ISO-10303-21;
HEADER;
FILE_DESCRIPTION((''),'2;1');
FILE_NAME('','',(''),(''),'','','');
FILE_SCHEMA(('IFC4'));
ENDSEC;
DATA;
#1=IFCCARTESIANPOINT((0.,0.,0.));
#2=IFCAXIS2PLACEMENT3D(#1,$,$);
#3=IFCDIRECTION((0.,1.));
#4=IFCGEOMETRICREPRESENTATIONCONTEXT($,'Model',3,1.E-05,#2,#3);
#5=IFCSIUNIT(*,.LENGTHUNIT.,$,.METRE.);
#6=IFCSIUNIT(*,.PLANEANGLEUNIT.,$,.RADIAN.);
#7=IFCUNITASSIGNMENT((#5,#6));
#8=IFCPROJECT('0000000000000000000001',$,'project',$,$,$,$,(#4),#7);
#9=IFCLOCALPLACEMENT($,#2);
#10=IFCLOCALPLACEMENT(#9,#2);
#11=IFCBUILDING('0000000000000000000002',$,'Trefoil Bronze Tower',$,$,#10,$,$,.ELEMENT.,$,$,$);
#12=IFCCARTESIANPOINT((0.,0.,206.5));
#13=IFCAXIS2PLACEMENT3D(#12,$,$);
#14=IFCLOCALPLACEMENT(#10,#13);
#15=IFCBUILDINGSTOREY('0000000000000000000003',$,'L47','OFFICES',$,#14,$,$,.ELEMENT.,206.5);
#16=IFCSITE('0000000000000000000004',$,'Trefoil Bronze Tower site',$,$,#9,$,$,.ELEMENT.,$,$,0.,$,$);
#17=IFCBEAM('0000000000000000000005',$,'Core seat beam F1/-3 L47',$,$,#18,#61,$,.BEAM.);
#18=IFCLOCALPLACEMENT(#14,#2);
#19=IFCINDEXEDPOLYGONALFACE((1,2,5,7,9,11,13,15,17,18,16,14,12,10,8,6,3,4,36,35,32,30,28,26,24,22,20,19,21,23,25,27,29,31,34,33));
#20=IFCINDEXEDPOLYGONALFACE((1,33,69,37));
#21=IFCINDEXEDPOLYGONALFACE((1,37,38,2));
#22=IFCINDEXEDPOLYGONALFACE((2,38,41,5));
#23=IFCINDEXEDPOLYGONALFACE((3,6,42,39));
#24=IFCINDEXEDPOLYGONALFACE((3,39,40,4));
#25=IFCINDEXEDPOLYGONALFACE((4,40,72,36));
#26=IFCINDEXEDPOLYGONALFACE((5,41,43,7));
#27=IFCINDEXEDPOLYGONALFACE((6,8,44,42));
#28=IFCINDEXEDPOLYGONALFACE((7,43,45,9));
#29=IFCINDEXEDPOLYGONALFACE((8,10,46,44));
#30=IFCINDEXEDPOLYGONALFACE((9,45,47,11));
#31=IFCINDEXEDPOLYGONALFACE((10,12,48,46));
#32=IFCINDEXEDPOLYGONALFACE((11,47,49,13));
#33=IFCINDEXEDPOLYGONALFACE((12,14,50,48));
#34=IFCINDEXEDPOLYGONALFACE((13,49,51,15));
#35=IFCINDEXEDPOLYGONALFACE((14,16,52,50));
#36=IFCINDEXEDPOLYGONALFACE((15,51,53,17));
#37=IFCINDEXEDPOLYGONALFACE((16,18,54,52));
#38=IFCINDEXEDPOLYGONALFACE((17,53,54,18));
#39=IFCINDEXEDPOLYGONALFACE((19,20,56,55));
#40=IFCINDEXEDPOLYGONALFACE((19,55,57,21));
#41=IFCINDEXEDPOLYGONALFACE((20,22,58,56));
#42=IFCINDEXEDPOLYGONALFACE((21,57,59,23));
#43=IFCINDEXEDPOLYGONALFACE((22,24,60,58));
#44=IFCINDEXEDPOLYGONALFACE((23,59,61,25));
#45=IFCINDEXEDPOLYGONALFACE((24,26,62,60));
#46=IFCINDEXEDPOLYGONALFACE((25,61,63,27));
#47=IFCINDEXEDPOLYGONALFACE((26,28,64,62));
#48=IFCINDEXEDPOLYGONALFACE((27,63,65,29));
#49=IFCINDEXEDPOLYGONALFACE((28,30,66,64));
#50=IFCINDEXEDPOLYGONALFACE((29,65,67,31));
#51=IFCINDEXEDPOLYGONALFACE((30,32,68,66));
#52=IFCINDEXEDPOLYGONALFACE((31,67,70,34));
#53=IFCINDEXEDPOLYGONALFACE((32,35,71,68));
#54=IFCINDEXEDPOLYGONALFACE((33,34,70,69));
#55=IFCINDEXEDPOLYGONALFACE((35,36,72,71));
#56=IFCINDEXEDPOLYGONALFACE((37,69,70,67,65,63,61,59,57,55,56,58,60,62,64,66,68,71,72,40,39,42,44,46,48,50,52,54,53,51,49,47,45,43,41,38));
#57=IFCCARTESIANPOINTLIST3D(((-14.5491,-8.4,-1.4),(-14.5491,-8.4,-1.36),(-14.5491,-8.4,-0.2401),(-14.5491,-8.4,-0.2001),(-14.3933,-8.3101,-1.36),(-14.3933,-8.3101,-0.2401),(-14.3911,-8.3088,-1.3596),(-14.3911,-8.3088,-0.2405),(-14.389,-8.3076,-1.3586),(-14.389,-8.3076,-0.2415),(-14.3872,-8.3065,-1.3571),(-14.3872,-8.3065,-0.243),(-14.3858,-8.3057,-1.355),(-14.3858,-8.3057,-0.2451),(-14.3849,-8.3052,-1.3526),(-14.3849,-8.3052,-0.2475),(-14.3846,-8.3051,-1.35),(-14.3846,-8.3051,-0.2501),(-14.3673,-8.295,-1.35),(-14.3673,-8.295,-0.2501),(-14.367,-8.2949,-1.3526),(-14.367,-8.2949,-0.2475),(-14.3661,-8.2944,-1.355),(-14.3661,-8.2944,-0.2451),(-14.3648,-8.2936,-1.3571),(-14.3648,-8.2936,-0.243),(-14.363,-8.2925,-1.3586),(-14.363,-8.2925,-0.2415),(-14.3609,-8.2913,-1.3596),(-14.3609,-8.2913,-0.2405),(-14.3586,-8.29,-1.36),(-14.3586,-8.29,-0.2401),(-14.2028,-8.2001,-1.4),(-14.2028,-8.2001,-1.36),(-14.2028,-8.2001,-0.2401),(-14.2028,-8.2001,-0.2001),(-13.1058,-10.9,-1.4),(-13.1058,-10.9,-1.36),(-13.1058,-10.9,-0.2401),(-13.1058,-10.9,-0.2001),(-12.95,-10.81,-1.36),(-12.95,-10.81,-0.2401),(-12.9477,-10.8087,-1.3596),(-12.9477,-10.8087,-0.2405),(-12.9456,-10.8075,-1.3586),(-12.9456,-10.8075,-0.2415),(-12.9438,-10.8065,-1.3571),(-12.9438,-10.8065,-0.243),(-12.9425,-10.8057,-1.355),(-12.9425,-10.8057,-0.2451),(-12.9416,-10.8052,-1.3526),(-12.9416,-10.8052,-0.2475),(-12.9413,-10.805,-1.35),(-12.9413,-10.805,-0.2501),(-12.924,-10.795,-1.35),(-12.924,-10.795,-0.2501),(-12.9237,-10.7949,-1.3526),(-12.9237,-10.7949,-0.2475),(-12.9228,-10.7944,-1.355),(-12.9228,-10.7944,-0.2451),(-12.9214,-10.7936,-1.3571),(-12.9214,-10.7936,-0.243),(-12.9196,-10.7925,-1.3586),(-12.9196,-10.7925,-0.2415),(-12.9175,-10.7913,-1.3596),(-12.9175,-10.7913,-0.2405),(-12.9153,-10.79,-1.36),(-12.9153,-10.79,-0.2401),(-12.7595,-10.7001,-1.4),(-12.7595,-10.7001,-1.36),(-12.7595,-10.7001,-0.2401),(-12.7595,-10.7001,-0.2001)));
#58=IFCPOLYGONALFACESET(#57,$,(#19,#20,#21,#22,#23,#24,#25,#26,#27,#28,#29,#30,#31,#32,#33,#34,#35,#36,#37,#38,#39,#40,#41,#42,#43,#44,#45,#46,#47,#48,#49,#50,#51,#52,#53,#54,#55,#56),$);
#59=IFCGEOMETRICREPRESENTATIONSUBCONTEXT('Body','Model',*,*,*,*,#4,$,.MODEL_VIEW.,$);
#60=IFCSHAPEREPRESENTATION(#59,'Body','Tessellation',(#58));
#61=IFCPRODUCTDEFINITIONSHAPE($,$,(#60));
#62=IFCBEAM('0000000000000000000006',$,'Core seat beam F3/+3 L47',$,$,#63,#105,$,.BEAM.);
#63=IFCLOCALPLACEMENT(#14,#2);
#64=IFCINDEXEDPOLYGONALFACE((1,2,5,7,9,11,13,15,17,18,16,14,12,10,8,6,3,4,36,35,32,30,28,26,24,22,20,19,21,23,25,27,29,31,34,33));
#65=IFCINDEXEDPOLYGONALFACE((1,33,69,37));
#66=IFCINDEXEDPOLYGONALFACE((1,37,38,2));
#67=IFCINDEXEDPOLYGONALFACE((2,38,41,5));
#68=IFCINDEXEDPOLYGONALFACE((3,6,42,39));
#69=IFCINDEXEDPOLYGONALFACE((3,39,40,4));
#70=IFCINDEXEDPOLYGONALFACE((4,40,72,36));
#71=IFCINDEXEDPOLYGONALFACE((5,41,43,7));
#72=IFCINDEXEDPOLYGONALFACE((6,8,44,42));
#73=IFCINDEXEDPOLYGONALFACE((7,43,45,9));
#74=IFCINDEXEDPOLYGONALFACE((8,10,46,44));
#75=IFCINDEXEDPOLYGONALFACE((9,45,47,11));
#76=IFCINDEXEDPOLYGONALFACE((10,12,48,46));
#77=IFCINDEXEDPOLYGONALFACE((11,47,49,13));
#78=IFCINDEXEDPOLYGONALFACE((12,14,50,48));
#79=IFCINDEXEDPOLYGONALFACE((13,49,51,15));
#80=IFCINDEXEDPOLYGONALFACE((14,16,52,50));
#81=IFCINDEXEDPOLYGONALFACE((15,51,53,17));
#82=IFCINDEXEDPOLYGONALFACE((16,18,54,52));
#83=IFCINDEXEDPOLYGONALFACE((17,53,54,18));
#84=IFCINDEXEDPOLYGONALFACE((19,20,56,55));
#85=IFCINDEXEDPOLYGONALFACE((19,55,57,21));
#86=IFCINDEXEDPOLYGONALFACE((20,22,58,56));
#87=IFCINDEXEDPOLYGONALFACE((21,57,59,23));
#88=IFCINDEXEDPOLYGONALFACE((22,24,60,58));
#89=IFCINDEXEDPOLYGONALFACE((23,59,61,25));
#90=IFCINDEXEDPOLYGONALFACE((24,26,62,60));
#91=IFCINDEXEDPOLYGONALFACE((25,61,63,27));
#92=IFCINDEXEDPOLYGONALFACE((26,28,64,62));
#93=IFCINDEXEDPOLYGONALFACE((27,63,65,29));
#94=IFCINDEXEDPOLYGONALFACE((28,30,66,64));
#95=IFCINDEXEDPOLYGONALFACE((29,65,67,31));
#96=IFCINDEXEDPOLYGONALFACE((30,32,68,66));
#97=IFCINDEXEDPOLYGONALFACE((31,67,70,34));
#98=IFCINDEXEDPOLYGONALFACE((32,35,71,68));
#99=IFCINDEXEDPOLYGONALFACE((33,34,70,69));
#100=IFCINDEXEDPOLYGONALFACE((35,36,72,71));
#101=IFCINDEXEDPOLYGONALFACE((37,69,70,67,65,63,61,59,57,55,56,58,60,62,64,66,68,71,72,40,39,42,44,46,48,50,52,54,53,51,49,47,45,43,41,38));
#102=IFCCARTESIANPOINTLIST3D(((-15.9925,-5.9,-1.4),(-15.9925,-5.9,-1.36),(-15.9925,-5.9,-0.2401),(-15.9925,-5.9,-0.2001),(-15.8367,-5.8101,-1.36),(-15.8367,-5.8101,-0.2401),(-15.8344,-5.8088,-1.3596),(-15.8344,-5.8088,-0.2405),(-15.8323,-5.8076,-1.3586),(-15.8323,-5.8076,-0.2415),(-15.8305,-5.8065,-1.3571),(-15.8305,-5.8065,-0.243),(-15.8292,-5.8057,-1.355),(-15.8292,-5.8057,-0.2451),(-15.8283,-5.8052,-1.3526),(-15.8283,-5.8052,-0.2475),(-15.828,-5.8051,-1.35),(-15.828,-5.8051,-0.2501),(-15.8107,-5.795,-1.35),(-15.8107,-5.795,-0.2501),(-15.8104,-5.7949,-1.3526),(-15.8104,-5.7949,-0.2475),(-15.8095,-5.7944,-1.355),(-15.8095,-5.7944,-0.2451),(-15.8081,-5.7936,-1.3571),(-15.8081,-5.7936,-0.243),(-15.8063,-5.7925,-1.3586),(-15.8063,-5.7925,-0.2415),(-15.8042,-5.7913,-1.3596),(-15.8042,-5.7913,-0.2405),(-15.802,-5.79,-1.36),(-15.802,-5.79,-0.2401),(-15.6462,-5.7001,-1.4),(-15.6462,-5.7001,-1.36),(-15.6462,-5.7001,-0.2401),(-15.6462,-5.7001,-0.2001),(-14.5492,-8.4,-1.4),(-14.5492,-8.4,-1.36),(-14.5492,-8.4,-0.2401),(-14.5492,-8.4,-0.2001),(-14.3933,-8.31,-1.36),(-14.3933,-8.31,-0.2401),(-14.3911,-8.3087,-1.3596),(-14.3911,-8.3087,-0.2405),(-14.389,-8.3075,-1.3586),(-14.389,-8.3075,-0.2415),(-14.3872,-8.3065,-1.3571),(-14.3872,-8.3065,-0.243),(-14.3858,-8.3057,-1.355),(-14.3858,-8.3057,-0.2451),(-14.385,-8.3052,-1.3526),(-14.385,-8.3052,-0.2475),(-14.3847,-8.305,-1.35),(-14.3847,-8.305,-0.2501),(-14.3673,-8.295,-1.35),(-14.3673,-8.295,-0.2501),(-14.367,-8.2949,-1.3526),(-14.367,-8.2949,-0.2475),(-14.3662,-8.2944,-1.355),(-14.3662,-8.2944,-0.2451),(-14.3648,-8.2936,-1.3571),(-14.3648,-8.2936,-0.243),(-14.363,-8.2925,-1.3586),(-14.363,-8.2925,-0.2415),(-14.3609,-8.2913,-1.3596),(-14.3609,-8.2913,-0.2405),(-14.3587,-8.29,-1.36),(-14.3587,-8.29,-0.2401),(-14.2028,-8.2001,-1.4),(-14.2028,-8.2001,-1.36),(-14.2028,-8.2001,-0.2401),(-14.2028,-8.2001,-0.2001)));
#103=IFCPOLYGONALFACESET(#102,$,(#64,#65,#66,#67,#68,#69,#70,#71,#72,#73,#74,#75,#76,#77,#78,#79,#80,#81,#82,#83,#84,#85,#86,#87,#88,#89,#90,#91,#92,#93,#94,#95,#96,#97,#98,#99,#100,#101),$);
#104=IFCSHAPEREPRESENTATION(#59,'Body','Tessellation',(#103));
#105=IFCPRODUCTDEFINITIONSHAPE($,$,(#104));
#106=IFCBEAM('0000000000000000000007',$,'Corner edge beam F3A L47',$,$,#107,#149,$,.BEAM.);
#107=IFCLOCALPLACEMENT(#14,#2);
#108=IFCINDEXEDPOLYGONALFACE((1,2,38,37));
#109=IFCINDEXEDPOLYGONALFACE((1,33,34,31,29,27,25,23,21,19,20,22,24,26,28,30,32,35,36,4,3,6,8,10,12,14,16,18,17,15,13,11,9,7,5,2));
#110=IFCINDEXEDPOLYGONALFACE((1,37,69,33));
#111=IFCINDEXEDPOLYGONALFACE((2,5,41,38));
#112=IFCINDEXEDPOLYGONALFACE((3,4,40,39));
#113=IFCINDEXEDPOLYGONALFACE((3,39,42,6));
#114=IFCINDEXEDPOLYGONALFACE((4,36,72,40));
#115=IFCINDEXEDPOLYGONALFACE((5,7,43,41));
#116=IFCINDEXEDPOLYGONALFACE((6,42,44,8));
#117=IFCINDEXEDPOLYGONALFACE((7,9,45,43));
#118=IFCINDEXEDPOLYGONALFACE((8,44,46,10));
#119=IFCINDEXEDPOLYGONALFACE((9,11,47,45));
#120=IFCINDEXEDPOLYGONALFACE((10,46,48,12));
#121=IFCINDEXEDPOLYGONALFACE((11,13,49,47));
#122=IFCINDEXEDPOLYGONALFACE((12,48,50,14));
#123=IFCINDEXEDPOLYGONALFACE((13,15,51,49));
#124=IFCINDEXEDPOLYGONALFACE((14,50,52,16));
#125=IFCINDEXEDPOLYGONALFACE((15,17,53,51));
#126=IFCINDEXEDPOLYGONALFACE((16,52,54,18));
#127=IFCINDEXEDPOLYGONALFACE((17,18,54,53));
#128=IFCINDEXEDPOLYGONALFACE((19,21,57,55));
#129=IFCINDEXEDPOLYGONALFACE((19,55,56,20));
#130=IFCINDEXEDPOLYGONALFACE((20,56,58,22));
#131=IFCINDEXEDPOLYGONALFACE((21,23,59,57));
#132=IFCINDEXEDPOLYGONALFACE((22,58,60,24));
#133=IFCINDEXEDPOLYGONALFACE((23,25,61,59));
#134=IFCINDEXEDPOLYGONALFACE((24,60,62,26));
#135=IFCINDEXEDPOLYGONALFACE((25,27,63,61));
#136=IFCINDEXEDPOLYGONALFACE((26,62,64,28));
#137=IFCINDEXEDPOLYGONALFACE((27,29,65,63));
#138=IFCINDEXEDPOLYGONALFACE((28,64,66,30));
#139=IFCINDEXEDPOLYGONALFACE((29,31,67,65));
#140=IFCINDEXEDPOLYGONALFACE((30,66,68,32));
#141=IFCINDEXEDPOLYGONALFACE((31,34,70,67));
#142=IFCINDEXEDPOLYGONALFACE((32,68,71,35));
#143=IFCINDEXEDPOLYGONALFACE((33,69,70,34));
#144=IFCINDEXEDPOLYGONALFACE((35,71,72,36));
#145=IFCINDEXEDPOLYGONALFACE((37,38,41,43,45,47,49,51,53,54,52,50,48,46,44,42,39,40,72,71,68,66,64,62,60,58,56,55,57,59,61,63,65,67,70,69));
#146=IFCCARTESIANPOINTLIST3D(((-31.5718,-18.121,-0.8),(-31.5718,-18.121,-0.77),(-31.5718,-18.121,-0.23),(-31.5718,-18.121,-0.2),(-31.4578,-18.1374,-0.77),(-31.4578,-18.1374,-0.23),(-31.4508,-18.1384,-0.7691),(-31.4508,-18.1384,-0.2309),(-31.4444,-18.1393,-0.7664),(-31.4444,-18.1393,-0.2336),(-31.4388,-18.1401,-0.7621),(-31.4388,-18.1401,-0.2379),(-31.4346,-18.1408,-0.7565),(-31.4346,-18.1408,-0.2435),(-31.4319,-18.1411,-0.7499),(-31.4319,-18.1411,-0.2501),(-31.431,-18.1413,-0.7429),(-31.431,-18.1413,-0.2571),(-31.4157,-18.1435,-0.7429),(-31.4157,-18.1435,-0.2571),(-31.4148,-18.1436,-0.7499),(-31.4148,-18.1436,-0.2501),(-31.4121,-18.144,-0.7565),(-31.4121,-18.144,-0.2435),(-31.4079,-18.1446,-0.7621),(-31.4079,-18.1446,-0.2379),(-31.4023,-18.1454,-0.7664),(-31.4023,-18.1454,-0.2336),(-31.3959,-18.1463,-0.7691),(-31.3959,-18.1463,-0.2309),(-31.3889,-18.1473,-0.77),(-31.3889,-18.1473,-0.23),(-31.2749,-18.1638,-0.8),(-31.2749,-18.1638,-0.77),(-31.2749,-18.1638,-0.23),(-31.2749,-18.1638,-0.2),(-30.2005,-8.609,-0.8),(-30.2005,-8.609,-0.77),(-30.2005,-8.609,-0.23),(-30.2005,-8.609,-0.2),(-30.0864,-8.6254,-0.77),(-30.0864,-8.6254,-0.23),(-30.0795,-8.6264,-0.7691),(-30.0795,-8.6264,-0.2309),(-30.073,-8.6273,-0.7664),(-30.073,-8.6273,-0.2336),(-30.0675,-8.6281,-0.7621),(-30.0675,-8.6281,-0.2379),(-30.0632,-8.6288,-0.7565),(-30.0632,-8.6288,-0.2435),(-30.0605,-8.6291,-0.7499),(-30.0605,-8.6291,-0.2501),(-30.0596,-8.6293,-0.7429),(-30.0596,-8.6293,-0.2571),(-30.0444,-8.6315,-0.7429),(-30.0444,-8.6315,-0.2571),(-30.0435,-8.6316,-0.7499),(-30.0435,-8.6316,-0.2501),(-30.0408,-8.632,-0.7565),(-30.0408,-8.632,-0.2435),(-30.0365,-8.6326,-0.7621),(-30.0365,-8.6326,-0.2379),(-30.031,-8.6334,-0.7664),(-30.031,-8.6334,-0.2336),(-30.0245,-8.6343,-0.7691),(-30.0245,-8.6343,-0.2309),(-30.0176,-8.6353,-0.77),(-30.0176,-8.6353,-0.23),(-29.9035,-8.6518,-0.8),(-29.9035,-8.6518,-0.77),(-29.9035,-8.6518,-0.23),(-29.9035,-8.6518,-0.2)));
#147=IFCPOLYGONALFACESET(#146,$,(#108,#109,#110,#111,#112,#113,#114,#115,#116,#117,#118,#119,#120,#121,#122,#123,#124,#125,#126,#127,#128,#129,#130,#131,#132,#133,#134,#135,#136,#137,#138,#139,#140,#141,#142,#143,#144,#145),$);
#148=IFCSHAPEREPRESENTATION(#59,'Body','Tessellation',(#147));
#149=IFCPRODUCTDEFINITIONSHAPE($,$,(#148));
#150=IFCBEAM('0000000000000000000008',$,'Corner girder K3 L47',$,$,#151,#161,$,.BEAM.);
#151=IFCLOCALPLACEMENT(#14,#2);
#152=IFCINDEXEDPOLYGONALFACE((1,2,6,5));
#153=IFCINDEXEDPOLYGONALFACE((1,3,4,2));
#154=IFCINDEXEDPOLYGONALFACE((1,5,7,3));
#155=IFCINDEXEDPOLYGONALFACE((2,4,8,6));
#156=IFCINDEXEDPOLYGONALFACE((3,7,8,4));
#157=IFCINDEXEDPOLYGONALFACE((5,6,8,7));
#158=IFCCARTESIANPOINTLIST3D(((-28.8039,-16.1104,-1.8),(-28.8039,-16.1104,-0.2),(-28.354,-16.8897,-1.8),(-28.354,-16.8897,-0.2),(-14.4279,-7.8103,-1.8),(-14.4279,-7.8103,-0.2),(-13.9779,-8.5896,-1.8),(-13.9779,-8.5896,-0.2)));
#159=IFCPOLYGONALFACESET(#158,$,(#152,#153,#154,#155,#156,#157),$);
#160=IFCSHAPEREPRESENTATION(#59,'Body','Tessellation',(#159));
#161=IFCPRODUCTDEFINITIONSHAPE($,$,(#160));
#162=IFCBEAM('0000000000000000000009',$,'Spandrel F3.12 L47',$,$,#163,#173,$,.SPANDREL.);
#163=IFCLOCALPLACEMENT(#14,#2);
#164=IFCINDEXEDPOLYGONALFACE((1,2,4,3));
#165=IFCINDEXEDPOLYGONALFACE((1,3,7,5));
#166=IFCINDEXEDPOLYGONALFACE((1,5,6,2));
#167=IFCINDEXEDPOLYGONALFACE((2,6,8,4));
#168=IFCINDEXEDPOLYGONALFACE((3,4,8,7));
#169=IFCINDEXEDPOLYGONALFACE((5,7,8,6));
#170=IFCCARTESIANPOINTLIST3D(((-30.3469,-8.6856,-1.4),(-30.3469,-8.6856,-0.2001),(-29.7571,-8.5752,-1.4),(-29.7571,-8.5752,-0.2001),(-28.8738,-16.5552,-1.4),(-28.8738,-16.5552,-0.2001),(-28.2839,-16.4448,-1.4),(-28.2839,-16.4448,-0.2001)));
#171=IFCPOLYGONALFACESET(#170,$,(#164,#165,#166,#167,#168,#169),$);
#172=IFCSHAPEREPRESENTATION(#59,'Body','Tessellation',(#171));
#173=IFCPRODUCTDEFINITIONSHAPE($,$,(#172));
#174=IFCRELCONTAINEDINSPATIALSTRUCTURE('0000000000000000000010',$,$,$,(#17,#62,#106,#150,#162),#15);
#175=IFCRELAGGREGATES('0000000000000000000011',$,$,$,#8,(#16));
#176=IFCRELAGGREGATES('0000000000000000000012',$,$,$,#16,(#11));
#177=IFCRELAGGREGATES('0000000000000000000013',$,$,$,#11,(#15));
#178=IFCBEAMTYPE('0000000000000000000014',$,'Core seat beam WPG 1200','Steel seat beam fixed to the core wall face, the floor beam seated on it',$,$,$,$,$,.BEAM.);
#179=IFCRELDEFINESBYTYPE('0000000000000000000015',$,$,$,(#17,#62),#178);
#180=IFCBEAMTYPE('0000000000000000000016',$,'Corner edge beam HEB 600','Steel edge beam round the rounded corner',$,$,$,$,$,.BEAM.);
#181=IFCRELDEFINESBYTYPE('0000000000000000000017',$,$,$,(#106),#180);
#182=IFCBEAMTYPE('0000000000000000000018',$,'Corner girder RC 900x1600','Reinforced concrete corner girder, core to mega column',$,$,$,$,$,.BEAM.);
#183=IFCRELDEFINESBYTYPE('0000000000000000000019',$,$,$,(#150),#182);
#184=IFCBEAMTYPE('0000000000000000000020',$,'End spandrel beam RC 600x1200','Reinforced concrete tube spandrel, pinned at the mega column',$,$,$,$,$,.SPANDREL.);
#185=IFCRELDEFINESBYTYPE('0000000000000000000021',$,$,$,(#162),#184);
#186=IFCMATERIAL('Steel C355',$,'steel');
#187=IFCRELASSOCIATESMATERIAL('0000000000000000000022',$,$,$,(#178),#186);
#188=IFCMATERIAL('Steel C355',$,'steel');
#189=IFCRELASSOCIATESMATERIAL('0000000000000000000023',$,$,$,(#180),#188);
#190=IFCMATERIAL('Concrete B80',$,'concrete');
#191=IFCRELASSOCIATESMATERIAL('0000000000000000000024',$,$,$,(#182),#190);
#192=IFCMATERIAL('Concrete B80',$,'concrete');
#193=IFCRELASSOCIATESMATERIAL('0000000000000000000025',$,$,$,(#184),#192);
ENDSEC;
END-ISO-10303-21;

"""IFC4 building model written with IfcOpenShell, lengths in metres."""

from ifc_helpers import new_model, si_unit, direction, frame, origin, origin_2d, place, context, subcontext, project, spatial, rectangle, i_section, extrude, material, material_profile, profile_set, type_object, element, save


model = new_model("IFC4")

# Units and contexts
model_context = context("Model", 3, precision=1e-05, world=origin(), true_north=direction((0.0, 1.0)))
body_context = subcontext(model_context, "Body", "Model", "MODEL_VIEW")
ifc_project = project(units=[si_unit("LENGTHUNIT", "METRE"), si_unit("PLANEANGLEUNIT", "RADIAN")], contexts=[model_context])

# Site, building, storey
site_placement = place(None, origin())
site = spatial("IfcSite", under=ifc_project, at=site_placement, Name="Trefoil Bronze Tower site", CompositionType="ELEMENT", RefElevation=0.0)
building_placement = place(site_placement, origin())
building = spatial("IfcBuilding", under=site, at=building_placement, Name="Trefoil Bronze Tower", CompositionType="ELEMENT")
storey_placement = place(building_placement, frame((0.0, 0.0, 206.5)))
storey = spatial("IfcBuildingStorey", under=building, at=storey_placement, Name="L47", Description="OFFICES", CompositionType="ELEMENT", Elevation=206.5)

# Beams
ifc_material_1 = material(Name="Steel C355", Category="steel")
ifc_material_profile_1 = material_profile(ifc_material_1, i_section(OverallWidth=0.3999, OverallDepth=1.2, WebThickness=0.02, FlangeThickness=0.04, FilletRadius=0.01, at=origin_2d()), Name="WPG 1200")
ifc_profile_set_1 = profile_set([ifc_material_profile_1], Name="Steel C355")
beam_type_1 = type_object("IfcBeamType", Name="Core seat beam WPG 1200", Description="Steel seat beam fixed to the core wall face, the floor beam seated on it", PredefinedType="BEAM", material=ifc_profile_set_1)
for number, where, z_axis, x_axis, name in (
    (1, (-14.376, -8.3, -0.8), (0.499996, -0.866028, 0.0), (0.866028, 0.499996, 0.0), "Core seat beam F1/-3 L47"),
    (2, (-15.8193, -5.8, -0.8), (0.499996, -0.866028, 0.0), (0.866028, 0.499996, 0.0), "Core seat beam F3/+3 L47"),
):
    element("IfcBeam", number, at=place(storey_placement, frame(where, z_axis=z_axis, x_axis=x_axis)), inside=storey, type_object=beam_type_1, Name=name, PredefinedType="BEAM", context=body_context, shape_type="SweptSolid", body=[
        extrude(i_section(OverallWidth=0.3999, OverallDepth=1.2, WebThickness=0.02, FlangeThickness=0.04, FilletRadius=0.01, at=origin_2d()), origin(), (0.0, 0.0, 1.0), 2.8867),
    ])
ifc_material_2 = material(Name="Steel C355", Category="steel")
ifc_material_profile_2 = material_profile(ifc_material_2, i_section(OverallWidth=0.3, OverallDepth=0.6001, WebThickness=0.0154, FlangeThickness=0.03, FilletRadius=0.0271, at=origin_2d()), Name="HEB 600")
ifc_profile_set_2 = profile_set([ifc_material_profile_2], Name="Steel C355")
beam_type_2 = type_object("IfcBeamType", Name="Corner edge beam HEB 600", Description="Steel edge beam round the rounded corner", PredefinedType="BEAM", material=ifc_profile_set_2)
beam_1_placement = place(storey_placement, frame((-30.052, -8.6304, -0.5), z_axis=(-0.142694, -0.989767, 0.0), x_axis=(0.989767, -0.142694, 0.0)))
element("IfcBeam", 3, at=beam_1_placement, inside=storey, type_object=beam_type_2, Name="Corner edge beam F3A L47", PredefinedType="BEAM", context=body_context, shape_type="SweptSolid", body=[
    extrude(i_section(OverallWidth=0.3, OverallDepth=0.6001, WebThickness=0.0154, FlangeThickness=0.03, FilletRadius=0.0271, at=origin_2d()), origin(), (0.0, 0.0, 1.0), 9.6104),
])
ifc_material_3 = material(Name="Concrete B80", Category="concrete")
ifc_material_profile_3 = material_profile(ifc_material_3, rectangle(XDim=0.8999, YDim=1.6001, at=origin_2d()), Name="RC 900x1600")
ifc_profile_set_3 = profile_set([ifc_material_profile_3], Name="Concrete B80")
beam_type_3 = type_object("IfcBeamType", Name="Corner girder RC 900x1600", Description="Reinforced concrete corner girder, core to mega column", PredefinedType="BEAM", material=ifc_profile_set_3)
beam_2_placement = place(storey_placement, frame((-14.2029, -8.2, -1.0), z_axis=(-0.866023, -0.500003, 0.0), x_axis=(0.500003, -0.866023, 0.0)))
element("IfcBeam", 4, at=beam_2_placement, inside=storey, type_object=beam_type_3, Name="Corner girder K3 L47", PredefinedType="BEAM", context=body_context, shape_type="SweptSolid", body=[
    extrude(rectangle(XDim=0.8999, YDim=1.6001, at=origin_2d()), origin(), (0.0, 0.0, 1.0), 16.6001),
])
ifc_material_4 = material(Name="Concrete B80", Category="concrete")
ifc_material_profile_4 = material_profile(ifc_material_4, rectangle(XDim=0.6001, YDim=1.2, at=origin_2d()), Name="RC 600x1200")
ifc_profile_set_4 = profile_set([ifc_material_profile_4], Name="Concrete B80")
beam_type_4 = type_object("IfcBeamType", Name="End spandrel beam RC 600x1200", Description="Reinforced concrete tube spandrel, pinned at the mega column", PredefinedType="SPANDREL", material=ifc_profile_set_4)
beam_3_placement = place(storey_placement, frame((-30.052, -8.6304, -0.8), z_axis=(0.183998, -0.982927, 0.0), x_axis=(0.982927, 0.183998, 0.0)))
element("IfcBeam", 5, at=beam_3_placement, inside=storey, type_object=beam_type_4, Name="Spandrel F3.12 L47", PredefinedType="SPANDREL", context=body_context, shape_type="SweptSolid", body=[
    extrude(rectangle(XDim=0.6001, YDim=1.2, at=origin_2d()), origin(), (0.0, 0.0, 1.0), 8.0063),
])

save(model, "model.ifc")
